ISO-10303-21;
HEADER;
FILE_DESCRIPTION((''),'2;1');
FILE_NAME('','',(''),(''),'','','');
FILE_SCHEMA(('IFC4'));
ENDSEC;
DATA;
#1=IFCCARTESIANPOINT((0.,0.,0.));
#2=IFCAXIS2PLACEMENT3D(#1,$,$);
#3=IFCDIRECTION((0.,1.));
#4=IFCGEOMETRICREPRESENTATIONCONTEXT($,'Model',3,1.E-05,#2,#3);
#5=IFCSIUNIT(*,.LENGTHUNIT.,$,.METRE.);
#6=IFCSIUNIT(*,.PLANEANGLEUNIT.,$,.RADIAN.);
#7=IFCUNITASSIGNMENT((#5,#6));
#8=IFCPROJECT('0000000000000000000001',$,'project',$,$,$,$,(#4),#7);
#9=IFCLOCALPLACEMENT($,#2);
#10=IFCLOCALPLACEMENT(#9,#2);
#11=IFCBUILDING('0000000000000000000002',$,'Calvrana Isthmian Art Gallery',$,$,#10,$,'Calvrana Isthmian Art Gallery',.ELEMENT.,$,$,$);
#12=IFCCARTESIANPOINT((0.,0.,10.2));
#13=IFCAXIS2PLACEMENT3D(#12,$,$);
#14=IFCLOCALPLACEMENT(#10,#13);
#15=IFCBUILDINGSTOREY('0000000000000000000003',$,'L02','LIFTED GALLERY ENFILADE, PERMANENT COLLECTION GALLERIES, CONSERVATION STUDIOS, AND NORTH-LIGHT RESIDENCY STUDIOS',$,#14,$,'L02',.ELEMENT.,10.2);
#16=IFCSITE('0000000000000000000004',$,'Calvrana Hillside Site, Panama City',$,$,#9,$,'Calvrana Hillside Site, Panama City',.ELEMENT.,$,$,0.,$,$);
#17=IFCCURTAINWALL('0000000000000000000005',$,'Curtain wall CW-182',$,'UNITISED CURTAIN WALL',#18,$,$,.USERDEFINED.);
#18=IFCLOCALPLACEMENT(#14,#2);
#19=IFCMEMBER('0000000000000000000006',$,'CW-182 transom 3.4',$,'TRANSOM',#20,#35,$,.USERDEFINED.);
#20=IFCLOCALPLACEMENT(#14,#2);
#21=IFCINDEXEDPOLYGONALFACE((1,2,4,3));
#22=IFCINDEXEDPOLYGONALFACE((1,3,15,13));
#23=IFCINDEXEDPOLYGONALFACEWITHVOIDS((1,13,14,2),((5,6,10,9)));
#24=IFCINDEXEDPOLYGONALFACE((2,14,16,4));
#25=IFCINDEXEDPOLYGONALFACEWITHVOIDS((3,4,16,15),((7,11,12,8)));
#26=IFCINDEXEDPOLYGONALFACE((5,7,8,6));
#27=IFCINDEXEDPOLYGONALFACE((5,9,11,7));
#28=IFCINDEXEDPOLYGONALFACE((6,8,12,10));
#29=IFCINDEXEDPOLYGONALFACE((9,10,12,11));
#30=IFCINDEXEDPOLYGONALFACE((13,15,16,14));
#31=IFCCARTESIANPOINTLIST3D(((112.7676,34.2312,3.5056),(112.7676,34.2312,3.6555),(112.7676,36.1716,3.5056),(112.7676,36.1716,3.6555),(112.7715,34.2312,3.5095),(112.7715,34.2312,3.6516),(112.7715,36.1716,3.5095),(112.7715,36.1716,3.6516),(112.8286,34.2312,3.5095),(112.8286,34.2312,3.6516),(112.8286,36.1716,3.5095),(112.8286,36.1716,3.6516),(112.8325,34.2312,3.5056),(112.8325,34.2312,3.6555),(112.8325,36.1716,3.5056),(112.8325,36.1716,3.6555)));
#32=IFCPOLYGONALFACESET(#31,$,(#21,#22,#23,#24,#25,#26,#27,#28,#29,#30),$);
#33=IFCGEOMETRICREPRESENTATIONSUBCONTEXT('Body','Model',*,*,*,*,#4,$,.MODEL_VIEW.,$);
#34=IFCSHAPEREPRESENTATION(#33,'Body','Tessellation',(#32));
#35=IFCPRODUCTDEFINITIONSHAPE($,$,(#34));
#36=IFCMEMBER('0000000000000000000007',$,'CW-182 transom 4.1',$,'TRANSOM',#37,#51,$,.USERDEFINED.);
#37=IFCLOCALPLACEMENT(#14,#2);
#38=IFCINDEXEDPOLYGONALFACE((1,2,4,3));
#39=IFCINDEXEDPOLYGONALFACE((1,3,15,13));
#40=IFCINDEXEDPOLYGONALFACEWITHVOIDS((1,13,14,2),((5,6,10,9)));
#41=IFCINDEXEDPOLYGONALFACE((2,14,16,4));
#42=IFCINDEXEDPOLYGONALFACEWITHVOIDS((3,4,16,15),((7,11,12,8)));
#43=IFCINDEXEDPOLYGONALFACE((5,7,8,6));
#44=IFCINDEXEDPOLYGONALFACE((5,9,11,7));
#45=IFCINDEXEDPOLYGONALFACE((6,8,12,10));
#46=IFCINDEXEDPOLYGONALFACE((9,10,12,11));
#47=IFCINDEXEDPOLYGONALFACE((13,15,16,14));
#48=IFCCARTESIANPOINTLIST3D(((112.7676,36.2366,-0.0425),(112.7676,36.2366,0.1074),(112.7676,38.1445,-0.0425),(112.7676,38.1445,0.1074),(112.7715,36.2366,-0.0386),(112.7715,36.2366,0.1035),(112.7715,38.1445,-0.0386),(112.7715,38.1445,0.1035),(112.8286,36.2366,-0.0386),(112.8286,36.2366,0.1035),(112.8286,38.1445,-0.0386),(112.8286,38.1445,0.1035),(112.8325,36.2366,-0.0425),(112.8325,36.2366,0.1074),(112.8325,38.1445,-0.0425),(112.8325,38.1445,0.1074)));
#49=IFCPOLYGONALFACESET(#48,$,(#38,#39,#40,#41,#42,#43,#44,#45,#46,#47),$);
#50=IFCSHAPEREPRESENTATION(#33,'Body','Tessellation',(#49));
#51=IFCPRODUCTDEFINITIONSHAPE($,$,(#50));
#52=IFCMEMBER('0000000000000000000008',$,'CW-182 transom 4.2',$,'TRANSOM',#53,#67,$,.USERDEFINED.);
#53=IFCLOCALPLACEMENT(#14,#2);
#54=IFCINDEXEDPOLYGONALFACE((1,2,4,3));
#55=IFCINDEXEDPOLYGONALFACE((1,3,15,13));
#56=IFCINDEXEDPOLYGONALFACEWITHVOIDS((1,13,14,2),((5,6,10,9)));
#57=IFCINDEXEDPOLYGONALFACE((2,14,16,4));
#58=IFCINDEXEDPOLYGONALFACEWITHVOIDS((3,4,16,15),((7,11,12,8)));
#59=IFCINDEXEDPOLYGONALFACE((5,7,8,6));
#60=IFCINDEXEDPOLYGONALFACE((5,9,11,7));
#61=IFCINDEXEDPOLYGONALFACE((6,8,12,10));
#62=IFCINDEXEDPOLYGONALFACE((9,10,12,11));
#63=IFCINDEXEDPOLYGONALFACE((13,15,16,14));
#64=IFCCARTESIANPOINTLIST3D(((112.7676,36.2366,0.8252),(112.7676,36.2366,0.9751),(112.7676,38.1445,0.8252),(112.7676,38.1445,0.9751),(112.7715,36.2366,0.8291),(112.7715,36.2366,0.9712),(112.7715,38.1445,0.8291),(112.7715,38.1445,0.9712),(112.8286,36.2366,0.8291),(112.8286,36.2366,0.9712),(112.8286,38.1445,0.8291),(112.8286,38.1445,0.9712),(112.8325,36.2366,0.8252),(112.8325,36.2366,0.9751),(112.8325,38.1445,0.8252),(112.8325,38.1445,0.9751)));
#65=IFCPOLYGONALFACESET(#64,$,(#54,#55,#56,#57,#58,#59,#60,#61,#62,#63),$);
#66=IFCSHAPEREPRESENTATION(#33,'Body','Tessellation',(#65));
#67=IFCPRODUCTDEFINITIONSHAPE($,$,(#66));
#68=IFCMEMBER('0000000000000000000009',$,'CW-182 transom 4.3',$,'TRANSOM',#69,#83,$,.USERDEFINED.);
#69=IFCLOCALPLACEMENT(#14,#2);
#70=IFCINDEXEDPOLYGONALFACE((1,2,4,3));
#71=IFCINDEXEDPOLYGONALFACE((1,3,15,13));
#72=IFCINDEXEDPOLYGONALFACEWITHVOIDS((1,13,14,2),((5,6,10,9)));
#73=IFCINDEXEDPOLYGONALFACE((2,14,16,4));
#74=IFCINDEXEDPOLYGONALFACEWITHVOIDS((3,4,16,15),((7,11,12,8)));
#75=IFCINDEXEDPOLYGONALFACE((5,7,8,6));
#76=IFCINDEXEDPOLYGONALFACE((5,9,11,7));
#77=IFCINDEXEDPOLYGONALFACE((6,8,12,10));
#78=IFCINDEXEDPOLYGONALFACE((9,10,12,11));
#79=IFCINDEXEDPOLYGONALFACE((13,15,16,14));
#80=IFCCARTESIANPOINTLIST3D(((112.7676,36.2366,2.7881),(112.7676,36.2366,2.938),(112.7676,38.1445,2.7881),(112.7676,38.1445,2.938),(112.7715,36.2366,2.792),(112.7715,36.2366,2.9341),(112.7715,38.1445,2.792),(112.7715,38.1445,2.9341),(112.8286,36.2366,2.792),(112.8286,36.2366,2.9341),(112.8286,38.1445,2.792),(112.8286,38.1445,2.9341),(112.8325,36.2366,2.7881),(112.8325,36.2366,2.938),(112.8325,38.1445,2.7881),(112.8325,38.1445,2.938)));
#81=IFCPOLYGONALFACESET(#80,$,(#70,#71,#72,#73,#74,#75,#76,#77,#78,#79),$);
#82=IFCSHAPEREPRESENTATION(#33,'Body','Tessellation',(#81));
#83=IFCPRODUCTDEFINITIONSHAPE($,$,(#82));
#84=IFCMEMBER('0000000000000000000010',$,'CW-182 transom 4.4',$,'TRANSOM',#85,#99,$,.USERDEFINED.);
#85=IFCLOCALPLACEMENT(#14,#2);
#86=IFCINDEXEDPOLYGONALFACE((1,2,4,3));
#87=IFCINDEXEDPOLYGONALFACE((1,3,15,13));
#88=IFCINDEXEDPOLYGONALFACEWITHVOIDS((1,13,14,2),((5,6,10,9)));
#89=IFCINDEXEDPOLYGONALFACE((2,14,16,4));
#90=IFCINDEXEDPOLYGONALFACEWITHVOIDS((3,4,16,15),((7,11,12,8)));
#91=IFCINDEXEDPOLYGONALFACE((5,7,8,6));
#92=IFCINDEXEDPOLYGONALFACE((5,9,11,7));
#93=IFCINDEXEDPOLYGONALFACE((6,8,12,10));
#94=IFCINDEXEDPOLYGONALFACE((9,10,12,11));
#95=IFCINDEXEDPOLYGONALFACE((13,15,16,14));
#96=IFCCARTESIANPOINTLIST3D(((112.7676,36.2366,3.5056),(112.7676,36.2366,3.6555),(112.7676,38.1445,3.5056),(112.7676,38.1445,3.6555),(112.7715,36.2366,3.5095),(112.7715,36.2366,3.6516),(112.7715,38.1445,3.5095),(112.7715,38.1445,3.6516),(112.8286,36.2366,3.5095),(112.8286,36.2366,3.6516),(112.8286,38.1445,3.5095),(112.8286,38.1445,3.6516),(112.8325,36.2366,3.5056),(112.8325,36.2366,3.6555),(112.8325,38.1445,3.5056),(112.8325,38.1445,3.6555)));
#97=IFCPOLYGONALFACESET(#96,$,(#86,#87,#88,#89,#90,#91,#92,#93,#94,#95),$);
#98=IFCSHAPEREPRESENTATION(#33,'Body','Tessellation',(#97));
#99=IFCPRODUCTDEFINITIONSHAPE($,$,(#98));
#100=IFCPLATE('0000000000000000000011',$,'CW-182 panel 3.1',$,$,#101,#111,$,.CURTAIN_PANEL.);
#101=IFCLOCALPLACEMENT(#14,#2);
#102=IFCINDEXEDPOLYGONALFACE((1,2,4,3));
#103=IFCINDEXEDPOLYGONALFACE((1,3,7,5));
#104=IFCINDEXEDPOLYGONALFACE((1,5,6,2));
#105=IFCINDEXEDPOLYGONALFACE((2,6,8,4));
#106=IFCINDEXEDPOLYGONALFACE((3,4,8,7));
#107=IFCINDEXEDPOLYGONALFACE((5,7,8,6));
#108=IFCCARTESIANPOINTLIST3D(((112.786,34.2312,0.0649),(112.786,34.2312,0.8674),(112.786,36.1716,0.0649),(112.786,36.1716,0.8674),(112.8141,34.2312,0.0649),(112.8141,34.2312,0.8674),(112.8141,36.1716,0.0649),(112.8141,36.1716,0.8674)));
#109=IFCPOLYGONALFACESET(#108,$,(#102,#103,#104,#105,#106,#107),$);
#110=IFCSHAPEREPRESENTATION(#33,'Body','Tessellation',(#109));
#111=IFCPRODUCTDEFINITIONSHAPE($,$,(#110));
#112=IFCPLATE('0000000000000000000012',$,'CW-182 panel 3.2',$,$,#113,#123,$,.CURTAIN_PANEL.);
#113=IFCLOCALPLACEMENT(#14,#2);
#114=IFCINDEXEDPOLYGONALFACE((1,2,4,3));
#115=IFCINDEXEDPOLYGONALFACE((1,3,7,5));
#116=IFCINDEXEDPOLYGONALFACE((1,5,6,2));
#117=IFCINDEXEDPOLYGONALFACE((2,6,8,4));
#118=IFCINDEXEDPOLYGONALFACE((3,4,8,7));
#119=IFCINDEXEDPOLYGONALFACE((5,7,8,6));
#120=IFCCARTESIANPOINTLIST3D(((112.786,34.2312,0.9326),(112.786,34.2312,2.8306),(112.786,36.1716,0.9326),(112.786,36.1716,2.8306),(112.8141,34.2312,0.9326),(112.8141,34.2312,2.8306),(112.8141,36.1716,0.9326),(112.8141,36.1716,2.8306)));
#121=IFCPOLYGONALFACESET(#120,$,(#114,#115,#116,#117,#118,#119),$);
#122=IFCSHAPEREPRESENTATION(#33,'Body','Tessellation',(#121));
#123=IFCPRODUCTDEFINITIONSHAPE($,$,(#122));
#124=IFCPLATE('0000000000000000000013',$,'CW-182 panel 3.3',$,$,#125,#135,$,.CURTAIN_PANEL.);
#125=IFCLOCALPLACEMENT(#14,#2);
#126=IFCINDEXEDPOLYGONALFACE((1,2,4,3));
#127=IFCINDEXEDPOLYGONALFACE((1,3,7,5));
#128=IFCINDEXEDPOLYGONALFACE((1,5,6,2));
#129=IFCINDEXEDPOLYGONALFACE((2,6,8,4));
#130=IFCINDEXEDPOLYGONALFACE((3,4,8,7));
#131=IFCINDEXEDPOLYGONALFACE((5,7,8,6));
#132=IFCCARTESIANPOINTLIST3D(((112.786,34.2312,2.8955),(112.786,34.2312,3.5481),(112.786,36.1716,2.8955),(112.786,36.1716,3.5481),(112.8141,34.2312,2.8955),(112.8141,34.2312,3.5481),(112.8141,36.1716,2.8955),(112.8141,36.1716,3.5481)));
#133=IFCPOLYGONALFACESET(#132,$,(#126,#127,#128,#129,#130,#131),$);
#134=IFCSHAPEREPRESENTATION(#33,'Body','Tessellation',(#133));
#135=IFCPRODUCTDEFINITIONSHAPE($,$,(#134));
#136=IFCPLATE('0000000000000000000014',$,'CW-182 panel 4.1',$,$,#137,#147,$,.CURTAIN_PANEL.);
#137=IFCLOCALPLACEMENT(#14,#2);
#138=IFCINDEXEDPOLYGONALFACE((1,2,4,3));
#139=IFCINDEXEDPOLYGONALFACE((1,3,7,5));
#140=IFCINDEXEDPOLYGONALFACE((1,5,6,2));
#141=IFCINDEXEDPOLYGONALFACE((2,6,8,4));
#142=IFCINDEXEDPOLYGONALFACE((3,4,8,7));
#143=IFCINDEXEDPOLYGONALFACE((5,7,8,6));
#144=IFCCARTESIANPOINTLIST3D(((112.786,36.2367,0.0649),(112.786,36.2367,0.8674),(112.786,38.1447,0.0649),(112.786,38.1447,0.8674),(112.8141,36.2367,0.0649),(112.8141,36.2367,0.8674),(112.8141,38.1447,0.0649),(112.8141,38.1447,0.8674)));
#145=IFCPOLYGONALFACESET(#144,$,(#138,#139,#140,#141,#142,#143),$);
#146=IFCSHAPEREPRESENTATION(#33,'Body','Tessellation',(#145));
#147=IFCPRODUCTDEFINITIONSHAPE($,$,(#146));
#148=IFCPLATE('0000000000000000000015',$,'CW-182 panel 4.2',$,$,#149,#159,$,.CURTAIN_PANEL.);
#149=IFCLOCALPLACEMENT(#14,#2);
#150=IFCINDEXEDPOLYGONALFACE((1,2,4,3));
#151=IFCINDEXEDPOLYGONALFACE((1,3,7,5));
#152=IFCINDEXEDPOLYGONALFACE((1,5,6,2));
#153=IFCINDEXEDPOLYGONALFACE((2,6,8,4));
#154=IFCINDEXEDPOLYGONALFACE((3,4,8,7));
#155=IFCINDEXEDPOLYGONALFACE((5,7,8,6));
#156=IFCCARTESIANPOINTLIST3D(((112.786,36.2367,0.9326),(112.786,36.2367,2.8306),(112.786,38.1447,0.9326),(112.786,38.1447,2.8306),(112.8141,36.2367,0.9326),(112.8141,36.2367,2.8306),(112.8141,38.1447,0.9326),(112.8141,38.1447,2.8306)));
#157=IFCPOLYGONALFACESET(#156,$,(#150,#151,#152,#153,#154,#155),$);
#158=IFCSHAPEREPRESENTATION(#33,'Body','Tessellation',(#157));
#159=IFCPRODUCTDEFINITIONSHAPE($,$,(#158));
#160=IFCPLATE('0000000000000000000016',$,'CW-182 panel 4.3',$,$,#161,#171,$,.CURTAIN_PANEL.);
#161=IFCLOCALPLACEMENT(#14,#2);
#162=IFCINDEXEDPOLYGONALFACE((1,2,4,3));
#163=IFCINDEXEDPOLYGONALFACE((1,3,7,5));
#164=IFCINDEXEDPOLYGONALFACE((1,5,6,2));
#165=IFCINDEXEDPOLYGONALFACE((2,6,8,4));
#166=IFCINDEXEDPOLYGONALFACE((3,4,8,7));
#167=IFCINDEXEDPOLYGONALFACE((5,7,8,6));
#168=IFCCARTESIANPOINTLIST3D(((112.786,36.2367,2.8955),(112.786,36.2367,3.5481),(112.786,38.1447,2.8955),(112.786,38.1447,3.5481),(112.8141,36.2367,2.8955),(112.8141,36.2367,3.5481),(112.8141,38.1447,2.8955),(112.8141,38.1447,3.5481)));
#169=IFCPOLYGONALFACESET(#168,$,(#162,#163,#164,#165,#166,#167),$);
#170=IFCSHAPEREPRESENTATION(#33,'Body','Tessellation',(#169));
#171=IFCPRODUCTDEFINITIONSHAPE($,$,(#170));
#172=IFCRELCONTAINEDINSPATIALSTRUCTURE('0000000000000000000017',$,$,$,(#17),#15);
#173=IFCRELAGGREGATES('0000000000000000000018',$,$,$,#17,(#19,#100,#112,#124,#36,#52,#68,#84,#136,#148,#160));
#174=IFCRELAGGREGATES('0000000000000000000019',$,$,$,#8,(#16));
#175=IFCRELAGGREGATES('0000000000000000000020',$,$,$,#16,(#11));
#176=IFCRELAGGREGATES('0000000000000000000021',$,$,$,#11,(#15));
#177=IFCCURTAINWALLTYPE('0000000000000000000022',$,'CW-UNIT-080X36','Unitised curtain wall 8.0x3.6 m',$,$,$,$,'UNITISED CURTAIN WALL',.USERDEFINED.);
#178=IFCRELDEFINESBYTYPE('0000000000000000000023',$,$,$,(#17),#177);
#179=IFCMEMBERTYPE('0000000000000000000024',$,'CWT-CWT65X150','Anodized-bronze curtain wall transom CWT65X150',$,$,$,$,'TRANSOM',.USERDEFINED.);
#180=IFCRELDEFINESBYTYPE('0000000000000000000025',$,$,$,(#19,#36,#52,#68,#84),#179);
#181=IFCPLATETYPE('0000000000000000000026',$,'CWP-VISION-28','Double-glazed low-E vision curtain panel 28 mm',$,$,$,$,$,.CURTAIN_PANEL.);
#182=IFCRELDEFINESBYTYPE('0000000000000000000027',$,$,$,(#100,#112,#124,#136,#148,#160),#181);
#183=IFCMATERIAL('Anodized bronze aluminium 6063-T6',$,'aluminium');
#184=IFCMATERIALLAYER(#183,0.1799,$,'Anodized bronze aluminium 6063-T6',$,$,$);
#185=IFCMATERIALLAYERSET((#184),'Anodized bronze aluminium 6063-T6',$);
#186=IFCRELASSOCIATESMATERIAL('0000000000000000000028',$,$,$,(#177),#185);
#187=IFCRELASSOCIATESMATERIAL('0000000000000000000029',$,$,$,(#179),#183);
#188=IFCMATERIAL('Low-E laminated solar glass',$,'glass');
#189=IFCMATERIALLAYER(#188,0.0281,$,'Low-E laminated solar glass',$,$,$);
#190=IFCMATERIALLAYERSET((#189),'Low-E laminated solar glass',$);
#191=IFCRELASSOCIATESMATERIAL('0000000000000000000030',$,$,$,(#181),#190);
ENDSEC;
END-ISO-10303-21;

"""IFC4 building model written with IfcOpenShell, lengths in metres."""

from ifc_helpers import new_model, si_unit, direction, frame, origin, origin_2d, place, context, subcontext, project, spatial, rectangle, hollow_rectangle, extrude, material, layer, layer_set, material_profile, profile_set, type_object, element, aggregate, save


model = new_model("IFC4")

# Units and contexts
model_context = context("Model", 3, precision=1e-05, world=origin(), true_north=direction((0.0, 1.0)))
body_context = subcontext(model_context, "Body", "Model", "MODEL_VIEW")
ifc_project = project(units=[si_unit("LENGTHUNIT", "METRE"), si_unit("PLANEANGLEUNIT", "RADIAN")], contexts=[model_context])

# Site, building, storey
site_placement = place(None, origin())
site = spatial("IfcSite", under=ifc_project, at=site_placement, Name="Calvrana Hillside Site, Panama City", LongName="Calvrana Hillside Site, Panama City", CompositionType="ELEMENT", RefElevation=0.0)
building_placement = place(site_placement, origin())
building = spatial("IfcBuilding", under=site, at=building_placement, Name="Calvrana Isthmian Art Gallery", LongName="Calvrana Isthmian Art Gallery", CompositionType="ELEMENT")
storey_placement = place(building_placement, frame((0.0, 0.0, 10.2)))
storey = spatial("IfcBuildingStorey", under=building, at=storey_placement, Name="L02", Description="LIFTED GALLERY ENFILADE, PERMANENT COLLECTION GALLERIES, CONSERVATION STUDIOS, AND NORTH-LIGHT RESIDENCY STUDIOS", LongName="L02", CompositionType="ELEMENT", Elevation=10.2)

# Curtain wall, members, plates
ifc_material_1 = material(Name="Anodized bronze aluminium 6063-T6", Category="aluminium")
ifc_layer_1 = layer(ifc_material_1, 0.1799, Name="Anodized bronze aluminium 6063-T6")
ifc_layer_set_1 = layer_set([ifc_layer_1], Name="Anodized bronze aluminium 6063-T6")
curtain_wall_type = type_object("IfcCurtainWallType", Name="CW-UNIT-080X36", Description="Unitised curtain wall 8.0x3.6 m", ElementType="UNITISED CURTAIN WALL", PredefinedType="USERDEFINED", material=ifc_layer_set_1)
curtain_wall_placement = place(storey_placement, origin())
curtain_wall = element("IfcCurtainWall", 1, at=curtain_wall_placement, inside=storey, type_object=curtain_wall_type, Name="Curtain wall CW-182", ObjectType="UNITISED CURTAIN WALL", PredefinedType="USERDEFINED")
ifc_material_profile_1 = material_profile(ifc_material_1, hollow_rectangle(XDim=0.0649, YDim=0.1499, WallThickness=0.0039, at=origin_2d()), Name="CWT65X150")
ifc_profile_set_1 = profile_set([ifc_material_profile_1], Name="Anodized bronze aluminium 6063-T6")
member_type_1 = type_object("IfcMemberType", Name="CWT-CWT65X150", Description="Anodized-bronze curtain wall transom CWT65X150", ElementType="TRANSOM", PredefinedType="USERDEFINED", material=ifc_profile_set_1)
member_1_placement = place(storey_placement, frame((112.8, 34.2312, 3.5806), z_axis=(0.0, 1.0, 0.0), x_axis=(-1.0, 0.0, 0.0)))
member_1 = element("IfcMember", 2, at=member_1_placement, type_object=member_type_1, Name="CW-182 transom 3.4", ObjectType="TRANSOM", PredefinedType="USERDEFINED", context=body_context, shape_type="SweptSolid", body=[
    extrude(hollow_rectangle(XDim=0.0649, YDim=0.1499, WallThickness=0.0039, at=origin_2d()), origin(), (0.0, 0.0, 1.0), 1.9404),
])
member_2_placement = place(storey_placement, frame((112.8, 36.2366, 0.0325), z_axis=(0.0, 1.0, 0.0), x_axis=(-1.0, 0.0, 0.0)))
member_2 = element("IfcMember", 3, at=member_2_placement, type_object=member_type_1, Name="CW-182 transom 4.1", ObjectType="TRANSOM", PredefinedType="USERDEFINED", context=body_context, shape_type="SweptSolid", body=[
    extrude(hollow_rectangle(XDim=0.0649, YDim=0.1499, WallThickness=0.0039, at=origin_2d()), origin(), (0.0, 0.0, 1.0), 1.908),
])
member_3_placement = place(storey_placement, frame((112.8, 36.2366, 0.9001), z_axis=(0.0, 1.0, 0.0), x_axis=(-1.0, 0.0, 0.0)))
member_3 = element("IfcMember", 4, at=member_3_placement, type_object=member_type_1, Name="CW-182 transom 4.2", ObjectType="TRANSOM", PredefinedType="USERDEFINED", context=body_context, shape_type="SweptSolid", body=[
    extrude(hollow_rectangle(XDim=0.0649, YDim=0.1499, WallThickness=0.0039, at=origin_2d()), origin(), (0.0, 0.0, 1.0), 1.908),
])
member_4_placement = place(storey_placement, frame((112.8, 36.2366, 2.863), z_axis=(0.0, 1.0, 0.0), x_axis=(-1.0, 0.0, 0.0)))
member_4 = element("IfcMember", 5, at=member_4_placement, type_object=member_type_1, Name="CW-182 transom 4.3", ObjectType="TRANSOM", PredefinedType="USERDEFINED", context=body_context, shape_type="SweptSolid", body=[
    extrude(hollow_rectangle(XDim=0.0649, YDim=0.1499, WallThickness=0.0039, at=origin_2d()), origin(), (0.0, 0.0, 1.0), 1.908),
])
member_5_placement = place(storey_placement, frame((112.8, 36.2366, 3.5806), z_axis=(0.0, 1.0, 0.0), x_axis=(-1.0, 0.0, 0.0)))
member_5 = element("IfcMember", 6, at=member_5_placement, type_object=member_type_1, Name="CW-182 transom 4.4", ObjectType="TRANSOM", PredefinedType="USERDEFINED", context=body_context, shape_type="SweptSolid", body=[
    extrude(hollow_rectangle(XDim=0.0649, YDim=0.1499, WallThickness=0.0039, at=origin_2d()), origin(), (0.0, 0.0, 1.0), 1.908),
])
ifc_material_2 = material(Name="Low-E laminated solar glass", Category="glass")
ifc_layer_2 = layer(ifc_material_2, 0.0281, Name="Low-E laminated solar glass")
ifc_layer_set_2 = layer_set([ifc_layer_2], Name="Low-E laminated solar glass")
plate_type = type_object("IfcPlateType", Name="CWP-VISION-28", Description="Double-glazed low-E vision curtain panel 28 mm", PredefinedType="CURTAIN_PANEL", material=ifc_layer_set_2)
plate_1_placement = place(storey_placement, frame((112.8, 35.2014, 0.0649), z_axis=(0.0, 0.0, 1.0), x_axis=(0.0, 1.0, 0.0)))
plate_1 = element("IfcPlate", 7, at=plate_1_placement, type_object=plate_type, Name="CW-182 panel 3.1", PredefinedType="CURTAIN_PANEL", context=body_context, shape_type="SweptSolid", body=[
    extrude(rectangle(XDim=1.9404, YDim=0.0281, at=origin_2d()), origin(), (0.0, 0.0, 1.0), 0.8025),
])
plate_2_placement = place(storey_placement, frame((112.8, 35.2014, 0.9326), z_axis=(0.0, 0.0, 1.0), x_axis=(0.0, 1.0, 0.0)))
plate_2 = element("IfcPlate", 8, at=plate_2_placement, type_object=plate_type, Name="CW-182 panel 3.2", PredefinedType="CURTAIN_PANEL", context=body_context, shape_type="SweptSolid", body=[
    extrude(rectangle(XDim=1.9404, YDim=0.0281, at=origin_2d()), origin(), (0.0, 0.0, 1.0), 1.8979),
])
plate_3_placement = place(storey_placement, frame((112.8, 35.2014, 2.8955), z_axis=(0.0, 0.0, 1.0), x_axis=(0.0, 1.0, 0.0)))
plate_3 = element("IfcPlate", 9, at=plate_3_placement, type_object=plate_type, Name="CW-182 panel 3.3", PredefinedType="CURTAIN_PANEL", context=body_context, shape_type="SweptSolid", body=[
    extrude(rectangle(XDim=1.9404, YDim=0.0281, at=origin_2d()), origin(), (0.0, 0.0, 1.0), 0.6526),
])
plate_4_placement = place(storey_placement, frame((112.8, 37.1907, 0.0649), z_axis=(0.0, 0.0, 1.0), x_axis=(0.0, 1.0, 0.0)))
plate_4 = element("IfcPlate", 10, at=plate_4_placement, type_object=plate_type, Name="CW-182 panel 4.1", PredefinedType="CURTAIN_PANEL", context=body_context, shape_type="SweptSolid", body=[
    extrude(rectangle(XDim=1.908, YDim=0.0281, at=origin_2d()), origin(), (0.0, 0.0, 1.0), 0.8025),
])
plate_5_placement = place(storey_placement, frame((112.8, 37.1907, 0.9326), z_axis=(0.0, 0.0, 1.0), x_axis=(0.0, 1.0, 0.0)))
plate_5 = element("IfcPlate", 11, at=plate_5_placement, type_object=plate_type, Name="CW-182 panel 4.2", PredefinedType="CURTAIN_PANEL", context=body_context, shape_type="SweptSolid", body=[
    extrude(rectangle(XDim=1.908, YDim=0.0281, at=origin_2d()), origin(), (0.0, 0.0, 1.0), 1.8979),
])
plate_6_placement = place(storey_placement, frame((112.8, 37.1907, 2.8955), z_axis=(0.0, 0.0, 1.0), x_axis=(0.0, 1.0, 0.0)))
plate_6 = element("IfcPlate", 12, at=plate_6_placement, type_object=plate_type, Name="CW-182 panel 4.3", PredefinedType="CURTAIN_PANEL", context=body_context, shape_type="SweptSolid", body=[
    extrude(rectangle(XDim=1.908, YDim=0.0281, at=origin_2d()), origin(), (0.0, 0.0, 1.0), 0.6526),
])
aggregate(curtain_wall, [member_1, plate_1, plate_2, plate_3, member_2, member_3, member_4, member_5, plate_4, plate_5, plate_6])

save(model, "model.ifc")
